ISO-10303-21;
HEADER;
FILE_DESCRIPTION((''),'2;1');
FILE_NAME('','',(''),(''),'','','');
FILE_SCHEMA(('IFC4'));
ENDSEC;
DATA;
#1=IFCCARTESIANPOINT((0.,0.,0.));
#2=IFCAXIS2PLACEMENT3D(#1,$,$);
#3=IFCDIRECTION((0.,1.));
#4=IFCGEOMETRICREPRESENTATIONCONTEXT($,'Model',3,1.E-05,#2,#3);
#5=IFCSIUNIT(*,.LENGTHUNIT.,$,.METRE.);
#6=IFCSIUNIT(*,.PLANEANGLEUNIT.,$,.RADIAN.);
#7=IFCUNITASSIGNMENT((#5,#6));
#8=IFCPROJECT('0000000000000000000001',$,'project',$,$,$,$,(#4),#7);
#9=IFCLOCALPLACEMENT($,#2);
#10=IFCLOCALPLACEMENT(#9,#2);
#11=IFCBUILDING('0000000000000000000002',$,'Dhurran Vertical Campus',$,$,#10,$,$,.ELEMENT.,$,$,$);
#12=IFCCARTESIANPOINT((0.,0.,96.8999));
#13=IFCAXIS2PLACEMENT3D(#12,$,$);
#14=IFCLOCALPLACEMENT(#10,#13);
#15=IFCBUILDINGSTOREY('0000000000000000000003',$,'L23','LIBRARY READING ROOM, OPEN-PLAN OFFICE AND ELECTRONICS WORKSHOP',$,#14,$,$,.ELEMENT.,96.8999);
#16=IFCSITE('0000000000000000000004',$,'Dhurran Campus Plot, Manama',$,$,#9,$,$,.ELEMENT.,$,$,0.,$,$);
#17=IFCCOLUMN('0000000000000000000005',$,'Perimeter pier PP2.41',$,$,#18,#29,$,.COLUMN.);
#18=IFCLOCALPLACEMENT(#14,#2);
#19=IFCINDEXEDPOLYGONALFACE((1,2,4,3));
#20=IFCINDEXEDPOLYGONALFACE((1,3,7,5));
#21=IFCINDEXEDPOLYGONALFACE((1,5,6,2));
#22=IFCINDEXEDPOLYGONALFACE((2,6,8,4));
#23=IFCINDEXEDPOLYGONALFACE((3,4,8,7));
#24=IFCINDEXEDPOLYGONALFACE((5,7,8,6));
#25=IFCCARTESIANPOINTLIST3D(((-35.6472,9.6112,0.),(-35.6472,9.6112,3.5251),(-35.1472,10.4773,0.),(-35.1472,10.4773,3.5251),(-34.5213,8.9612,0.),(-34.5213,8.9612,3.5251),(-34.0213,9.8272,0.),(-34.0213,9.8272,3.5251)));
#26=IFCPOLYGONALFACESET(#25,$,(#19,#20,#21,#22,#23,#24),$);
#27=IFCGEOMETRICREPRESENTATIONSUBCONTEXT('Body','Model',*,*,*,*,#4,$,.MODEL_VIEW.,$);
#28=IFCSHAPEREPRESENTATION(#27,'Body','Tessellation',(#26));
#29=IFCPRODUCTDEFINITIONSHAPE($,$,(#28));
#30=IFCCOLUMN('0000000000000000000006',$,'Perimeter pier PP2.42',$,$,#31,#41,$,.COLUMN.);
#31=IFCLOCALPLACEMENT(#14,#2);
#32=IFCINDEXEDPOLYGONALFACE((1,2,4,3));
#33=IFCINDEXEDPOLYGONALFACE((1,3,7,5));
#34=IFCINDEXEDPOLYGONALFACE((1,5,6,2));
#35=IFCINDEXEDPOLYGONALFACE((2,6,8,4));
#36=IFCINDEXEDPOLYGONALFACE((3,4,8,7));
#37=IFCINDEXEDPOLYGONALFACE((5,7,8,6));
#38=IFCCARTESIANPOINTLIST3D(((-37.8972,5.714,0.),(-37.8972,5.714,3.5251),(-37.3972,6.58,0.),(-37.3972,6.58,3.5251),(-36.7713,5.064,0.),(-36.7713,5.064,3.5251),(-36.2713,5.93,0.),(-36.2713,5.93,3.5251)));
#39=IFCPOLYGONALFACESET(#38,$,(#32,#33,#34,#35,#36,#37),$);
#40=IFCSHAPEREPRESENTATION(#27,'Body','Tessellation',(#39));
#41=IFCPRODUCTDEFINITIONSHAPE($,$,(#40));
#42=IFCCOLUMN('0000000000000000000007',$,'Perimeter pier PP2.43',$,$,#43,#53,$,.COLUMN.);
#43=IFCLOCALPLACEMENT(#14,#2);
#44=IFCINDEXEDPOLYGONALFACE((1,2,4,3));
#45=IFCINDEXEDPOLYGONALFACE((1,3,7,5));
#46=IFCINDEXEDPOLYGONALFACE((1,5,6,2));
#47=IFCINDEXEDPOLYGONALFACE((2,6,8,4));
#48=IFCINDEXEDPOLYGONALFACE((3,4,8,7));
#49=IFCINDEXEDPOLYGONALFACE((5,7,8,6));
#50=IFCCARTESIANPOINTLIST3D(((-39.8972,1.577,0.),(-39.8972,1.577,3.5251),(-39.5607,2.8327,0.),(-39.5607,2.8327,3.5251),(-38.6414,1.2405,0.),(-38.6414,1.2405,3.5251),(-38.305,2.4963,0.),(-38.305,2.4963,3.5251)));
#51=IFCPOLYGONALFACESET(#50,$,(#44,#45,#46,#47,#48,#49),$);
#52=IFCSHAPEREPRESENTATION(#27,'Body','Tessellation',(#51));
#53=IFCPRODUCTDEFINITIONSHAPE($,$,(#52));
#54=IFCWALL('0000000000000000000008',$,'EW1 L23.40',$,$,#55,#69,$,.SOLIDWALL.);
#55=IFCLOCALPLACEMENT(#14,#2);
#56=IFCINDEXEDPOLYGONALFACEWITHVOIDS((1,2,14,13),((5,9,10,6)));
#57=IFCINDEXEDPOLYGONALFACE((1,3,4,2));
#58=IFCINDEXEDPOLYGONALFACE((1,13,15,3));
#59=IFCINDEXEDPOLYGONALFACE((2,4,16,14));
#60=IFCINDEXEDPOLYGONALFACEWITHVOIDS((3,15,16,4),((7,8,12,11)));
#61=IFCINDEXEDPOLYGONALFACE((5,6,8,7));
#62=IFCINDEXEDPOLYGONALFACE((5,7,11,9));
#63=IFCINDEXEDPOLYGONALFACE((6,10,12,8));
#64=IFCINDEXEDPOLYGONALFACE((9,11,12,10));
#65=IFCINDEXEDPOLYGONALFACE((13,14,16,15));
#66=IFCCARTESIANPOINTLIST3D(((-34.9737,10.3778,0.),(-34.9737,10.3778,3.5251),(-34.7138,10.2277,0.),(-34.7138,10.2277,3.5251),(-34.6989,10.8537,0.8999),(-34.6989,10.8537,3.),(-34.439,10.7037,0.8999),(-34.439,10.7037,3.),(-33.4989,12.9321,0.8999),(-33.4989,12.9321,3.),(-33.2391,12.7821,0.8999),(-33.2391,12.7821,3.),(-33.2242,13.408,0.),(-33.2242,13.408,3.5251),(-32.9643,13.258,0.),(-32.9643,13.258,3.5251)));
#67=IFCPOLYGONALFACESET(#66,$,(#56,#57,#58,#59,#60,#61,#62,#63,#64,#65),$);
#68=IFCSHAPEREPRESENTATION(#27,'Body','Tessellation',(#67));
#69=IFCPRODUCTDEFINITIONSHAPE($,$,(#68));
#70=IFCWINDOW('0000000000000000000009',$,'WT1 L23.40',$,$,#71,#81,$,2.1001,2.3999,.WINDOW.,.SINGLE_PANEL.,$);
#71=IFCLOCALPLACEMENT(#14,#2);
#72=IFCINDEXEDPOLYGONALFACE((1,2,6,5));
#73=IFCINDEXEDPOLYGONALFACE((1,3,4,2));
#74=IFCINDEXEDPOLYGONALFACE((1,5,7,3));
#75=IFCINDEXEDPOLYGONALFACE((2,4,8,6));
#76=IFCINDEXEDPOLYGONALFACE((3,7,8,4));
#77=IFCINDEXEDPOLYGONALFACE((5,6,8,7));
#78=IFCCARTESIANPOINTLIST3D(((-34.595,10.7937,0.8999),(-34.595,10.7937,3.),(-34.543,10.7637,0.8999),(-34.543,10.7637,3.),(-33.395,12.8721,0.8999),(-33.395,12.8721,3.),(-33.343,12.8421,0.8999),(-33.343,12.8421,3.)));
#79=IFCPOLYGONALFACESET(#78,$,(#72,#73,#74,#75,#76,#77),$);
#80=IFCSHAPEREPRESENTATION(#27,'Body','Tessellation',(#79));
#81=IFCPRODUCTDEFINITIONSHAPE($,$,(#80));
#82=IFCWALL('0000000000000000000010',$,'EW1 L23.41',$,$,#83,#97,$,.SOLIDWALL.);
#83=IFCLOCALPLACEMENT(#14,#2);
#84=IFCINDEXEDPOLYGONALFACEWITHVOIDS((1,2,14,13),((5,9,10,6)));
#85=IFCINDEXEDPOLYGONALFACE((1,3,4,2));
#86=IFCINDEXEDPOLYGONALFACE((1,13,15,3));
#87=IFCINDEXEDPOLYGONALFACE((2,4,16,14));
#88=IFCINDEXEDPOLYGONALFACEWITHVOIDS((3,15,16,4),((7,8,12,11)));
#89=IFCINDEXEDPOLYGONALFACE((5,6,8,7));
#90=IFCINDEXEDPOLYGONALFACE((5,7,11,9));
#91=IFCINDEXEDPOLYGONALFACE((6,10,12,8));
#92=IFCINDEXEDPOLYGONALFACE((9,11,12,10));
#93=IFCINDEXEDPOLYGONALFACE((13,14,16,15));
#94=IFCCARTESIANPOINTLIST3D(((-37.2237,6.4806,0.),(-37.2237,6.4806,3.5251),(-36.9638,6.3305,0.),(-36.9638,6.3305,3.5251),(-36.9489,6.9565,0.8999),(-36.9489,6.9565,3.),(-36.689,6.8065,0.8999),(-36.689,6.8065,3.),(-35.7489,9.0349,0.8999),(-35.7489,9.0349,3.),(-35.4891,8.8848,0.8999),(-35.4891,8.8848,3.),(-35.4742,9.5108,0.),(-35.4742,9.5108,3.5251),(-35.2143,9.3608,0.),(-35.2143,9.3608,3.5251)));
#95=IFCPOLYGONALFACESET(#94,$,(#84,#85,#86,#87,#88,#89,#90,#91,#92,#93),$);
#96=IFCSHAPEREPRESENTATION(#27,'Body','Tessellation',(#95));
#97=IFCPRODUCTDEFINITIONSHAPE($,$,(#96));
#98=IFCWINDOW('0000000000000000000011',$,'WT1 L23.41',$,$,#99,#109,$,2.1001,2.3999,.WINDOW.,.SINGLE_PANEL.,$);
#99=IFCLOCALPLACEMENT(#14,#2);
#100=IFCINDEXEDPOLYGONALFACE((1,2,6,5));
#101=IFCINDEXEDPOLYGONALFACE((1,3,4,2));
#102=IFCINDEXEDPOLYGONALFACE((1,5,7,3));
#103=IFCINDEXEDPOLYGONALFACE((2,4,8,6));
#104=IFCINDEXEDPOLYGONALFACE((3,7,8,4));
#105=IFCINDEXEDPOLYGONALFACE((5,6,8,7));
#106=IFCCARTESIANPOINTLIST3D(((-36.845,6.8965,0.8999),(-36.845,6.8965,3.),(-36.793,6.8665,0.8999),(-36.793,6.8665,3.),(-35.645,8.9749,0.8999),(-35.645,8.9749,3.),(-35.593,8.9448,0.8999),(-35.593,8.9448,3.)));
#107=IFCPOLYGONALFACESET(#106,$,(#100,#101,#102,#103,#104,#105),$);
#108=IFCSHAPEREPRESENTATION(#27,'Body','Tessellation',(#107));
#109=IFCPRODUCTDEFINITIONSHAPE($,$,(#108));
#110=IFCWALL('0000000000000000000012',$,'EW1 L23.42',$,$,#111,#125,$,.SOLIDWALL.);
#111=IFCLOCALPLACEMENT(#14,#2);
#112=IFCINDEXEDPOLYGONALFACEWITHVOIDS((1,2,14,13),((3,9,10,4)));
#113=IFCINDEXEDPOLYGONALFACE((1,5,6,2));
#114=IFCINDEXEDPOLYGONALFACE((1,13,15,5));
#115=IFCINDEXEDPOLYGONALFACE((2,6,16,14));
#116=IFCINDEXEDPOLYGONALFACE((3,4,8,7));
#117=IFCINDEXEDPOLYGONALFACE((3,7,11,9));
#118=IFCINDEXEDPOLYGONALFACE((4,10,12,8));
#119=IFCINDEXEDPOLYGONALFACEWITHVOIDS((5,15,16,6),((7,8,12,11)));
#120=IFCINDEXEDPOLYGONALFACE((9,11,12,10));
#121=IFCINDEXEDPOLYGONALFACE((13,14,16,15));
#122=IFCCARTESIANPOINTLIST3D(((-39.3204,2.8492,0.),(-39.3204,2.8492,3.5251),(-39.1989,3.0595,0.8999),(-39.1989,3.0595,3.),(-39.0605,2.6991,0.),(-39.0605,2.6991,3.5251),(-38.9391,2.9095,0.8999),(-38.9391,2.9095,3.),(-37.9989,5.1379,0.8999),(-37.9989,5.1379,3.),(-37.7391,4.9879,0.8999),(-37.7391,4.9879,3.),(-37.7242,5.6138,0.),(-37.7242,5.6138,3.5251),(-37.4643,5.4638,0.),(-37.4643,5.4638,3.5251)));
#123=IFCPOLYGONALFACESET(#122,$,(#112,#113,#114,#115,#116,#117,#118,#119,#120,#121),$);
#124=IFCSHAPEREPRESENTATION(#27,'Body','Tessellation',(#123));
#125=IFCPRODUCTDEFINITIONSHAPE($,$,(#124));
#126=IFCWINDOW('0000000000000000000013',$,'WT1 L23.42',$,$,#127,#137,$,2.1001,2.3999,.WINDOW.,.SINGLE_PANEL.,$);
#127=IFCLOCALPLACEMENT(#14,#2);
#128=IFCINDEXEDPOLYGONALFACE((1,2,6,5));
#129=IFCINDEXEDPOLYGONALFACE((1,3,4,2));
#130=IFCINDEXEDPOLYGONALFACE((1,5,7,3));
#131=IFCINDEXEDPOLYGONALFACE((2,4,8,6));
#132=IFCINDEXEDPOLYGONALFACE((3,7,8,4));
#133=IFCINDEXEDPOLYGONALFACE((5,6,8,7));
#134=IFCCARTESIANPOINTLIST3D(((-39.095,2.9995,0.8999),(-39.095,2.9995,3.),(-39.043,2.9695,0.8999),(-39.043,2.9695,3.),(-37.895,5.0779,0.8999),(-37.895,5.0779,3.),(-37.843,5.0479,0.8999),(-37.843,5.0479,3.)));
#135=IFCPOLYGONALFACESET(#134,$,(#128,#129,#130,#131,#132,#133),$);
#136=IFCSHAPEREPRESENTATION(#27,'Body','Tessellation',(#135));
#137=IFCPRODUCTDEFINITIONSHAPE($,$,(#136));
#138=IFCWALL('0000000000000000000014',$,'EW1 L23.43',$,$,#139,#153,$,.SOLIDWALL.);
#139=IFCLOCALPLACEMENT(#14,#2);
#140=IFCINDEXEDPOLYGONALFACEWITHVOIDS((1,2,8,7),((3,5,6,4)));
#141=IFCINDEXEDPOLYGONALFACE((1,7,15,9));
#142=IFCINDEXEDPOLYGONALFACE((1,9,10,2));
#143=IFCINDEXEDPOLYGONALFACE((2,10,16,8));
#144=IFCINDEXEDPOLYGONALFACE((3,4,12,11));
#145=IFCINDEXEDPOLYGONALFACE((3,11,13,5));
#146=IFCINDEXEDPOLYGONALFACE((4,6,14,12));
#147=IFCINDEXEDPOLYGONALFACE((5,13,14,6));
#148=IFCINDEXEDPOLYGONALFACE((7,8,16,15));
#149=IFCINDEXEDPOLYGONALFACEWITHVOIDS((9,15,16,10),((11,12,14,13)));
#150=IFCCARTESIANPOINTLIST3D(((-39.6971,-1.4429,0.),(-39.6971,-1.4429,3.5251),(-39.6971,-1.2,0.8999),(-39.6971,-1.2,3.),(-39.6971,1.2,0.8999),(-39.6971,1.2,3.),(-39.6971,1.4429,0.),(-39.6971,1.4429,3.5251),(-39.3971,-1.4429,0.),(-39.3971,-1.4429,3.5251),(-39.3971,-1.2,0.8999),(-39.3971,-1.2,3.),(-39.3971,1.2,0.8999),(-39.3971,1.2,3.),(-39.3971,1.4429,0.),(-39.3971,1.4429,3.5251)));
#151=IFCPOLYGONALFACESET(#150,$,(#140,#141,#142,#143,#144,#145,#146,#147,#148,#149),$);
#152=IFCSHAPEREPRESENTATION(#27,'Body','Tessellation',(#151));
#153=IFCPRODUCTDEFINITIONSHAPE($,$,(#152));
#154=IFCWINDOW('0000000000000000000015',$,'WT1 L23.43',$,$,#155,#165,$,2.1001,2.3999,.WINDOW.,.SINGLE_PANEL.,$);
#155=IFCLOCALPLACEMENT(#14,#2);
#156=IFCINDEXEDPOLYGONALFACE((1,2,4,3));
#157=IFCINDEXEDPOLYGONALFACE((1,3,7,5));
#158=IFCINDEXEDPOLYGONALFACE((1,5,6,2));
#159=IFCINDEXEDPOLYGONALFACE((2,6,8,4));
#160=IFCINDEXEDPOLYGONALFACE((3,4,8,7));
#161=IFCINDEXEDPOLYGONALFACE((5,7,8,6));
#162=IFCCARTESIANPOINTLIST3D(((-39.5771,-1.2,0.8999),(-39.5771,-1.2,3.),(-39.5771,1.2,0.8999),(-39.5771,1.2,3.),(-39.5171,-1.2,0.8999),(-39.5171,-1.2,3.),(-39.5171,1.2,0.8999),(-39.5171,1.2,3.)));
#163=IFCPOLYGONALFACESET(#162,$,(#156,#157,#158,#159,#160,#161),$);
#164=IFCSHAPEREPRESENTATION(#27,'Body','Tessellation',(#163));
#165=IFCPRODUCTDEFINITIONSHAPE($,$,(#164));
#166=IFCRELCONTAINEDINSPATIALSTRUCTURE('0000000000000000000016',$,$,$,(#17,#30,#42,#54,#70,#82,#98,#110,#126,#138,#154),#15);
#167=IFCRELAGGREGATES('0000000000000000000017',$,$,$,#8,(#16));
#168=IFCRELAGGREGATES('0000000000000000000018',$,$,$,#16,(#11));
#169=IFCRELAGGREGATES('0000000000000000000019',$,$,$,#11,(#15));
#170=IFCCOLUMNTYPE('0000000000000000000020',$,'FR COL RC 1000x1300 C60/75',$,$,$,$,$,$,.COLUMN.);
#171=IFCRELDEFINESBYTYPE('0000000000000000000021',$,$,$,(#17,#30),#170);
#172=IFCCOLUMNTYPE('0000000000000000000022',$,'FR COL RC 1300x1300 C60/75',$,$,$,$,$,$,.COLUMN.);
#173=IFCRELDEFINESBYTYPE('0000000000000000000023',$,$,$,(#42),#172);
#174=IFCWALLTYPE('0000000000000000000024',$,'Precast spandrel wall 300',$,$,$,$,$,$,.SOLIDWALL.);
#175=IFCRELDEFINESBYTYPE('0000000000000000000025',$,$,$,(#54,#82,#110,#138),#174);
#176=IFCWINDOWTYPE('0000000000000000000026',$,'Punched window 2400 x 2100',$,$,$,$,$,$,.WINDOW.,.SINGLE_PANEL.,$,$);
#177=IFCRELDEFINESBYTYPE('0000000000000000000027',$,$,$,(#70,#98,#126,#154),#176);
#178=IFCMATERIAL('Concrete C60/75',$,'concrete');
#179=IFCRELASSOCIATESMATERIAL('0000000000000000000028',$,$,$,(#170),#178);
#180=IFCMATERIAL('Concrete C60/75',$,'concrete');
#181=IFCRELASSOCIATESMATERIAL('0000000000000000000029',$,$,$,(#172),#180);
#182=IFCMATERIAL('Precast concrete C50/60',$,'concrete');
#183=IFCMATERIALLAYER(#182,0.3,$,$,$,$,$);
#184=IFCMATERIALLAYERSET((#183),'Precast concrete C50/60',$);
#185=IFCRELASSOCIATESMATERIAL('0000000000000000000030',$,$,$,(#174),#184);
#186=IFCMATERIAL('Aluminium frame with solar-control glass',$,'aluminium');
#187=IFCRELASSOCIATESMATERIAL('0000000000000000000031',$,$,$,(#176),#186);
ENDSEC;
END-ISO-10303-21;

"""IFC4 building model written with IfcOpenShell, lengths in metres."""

from ifc_helpers import new_model, si_unit, direction, frame, frame_2d, origin, origin_2d, place, context, subcontext, project, spatial, rectangle, extrude, material, layer, layer_set, material_profile, profile_set, type_object, element, fill, save


model = new_model("IFC4")

# Units and contexts
model_context = context("Model", 3, precision=1e-05, world=origin(), true_north=direction((0.0, 1.0)))
body_context = subcontext(model_context, "Body", "Model", "MODEL_VIEW")
ifc_project = project(units=[si_unit("LENGTHUNIT", "METRE"), si_unit("PLANEANGLEUNIT", "RADIAN")], contexts=[model_context])

# Site, building, storey
site_placement = place(None, origin())
site = spatial("IfcSite", under=ifc_project, at=site_placement, Name="Dhurran Campus Plot, Manama", CompositionType="ELEMENT", RefElevation=0.0)
building_placement = place(site_placement, origin())
building = spatial("IfcBuilding", under=site, at=building_placement, Name="Dhurran Vertical Campus", CompositionType="ELEMENT")
storey_placement = place(building_placement, frame((0.0, 0.0, 96.8999)))
storey = spatial("IfcBuildingStorey", under=building, at=storey_placement, Name="L23", Description="LIBRARY READING ROOM, OPEN-PLAN OFFICE AND ELECTRONICS WORKSHOP", CompositionType="ELEMENT", Elevation=96.8999)

# Columns
ifc_material_1 = material(Name="Concrete C60/75", Category="concrete")
ifc_material_profile_1 = material_profile(ifc_material_1, rectangle(XDim=1.0, YDim=1.3, at=origin_2d()), Name="RC 1000x1300")
ifc_profile_set_1 = profile_set([ifc_material_profile_1], Name="Concrete C60/75")
column_type_1 = type_object("IfcColumnType", Name="FR COL RC 1000x1300 C60/75", PredefinedType="COLUMN", material=ifc_profile_set_1)
for number, where, z_axis, x_axis, name in (
    (1, (-34.8342, 9.7192, 0.0), (0.0, 0.0, 1.0), (-0.5, -0.866025, 0.0), "Perimeter pier PP2.41"),
    (2, (-37.0842, 5.822, 0.0), (0.0, 0.0, 1.0), (-0.5, -0.866025, 0.0), "Perimeter pier PP2.42"),
):
    element("IfcColumn", number, at=place(storey_placement, frame(where, z_axis=z_axis, x_axis=x_axis)), inside=storey, type_object=column_type_1, Name=name, PredefinedType="COLUMN", context=body_context, shape_type="SweptSolid", body=[
        extrude(rectangle(XDim=1.0, YDim=1.3, at=origin_2d()), origin(), (0.0, 0.0, 1.0), 3.5251),
    ])
ifc_material_2 = material(Name="Concrete C60/75", Category="concrete")
ifc_material_profile_2 = material_profile(ifc_material_2, rectangle(XDim=1.3, YDim=1.3, at=origin_2d()), Name="RC 1300x1300")
ifc_profile_set_2 = profile_set([ifc_material_profile_2], Name="Concrete C60/75")
column_type_2 = type_object("IfcColumnType", Name="FR COL RC 1300x1300 C60/75", PredefinedType="COLUMN", material=ifc_profile_set_2)
column_placement = place(storey_placement, frame((-39.1011, 2.0366, 0.0), z_axis=(0.0, 0.0, 1.0), x_axis=(-0.258819, -0.965926, 0.0)))
element("IfcColumn", 3, at=column_placement, inside=storey, type_object=column_type_2, Name="Perimeter pier PP2.43", PredefinedType="COLUMN", context=body_context, shape_type="SweptSolid", body=[
    extrude(rectangle(XDim=1.3, YDim=1.3, at=origin_2d()), origin(), (0.0, 0.0, 1.0), 3.5251),
])

# Walls, openings, windows
ifc_material_3 = material(Name="Precast concrete C50/60", Category="concrete")
ifc_layer_1 = layer(ifc_material_3, 0.3)
ifc_layer_set_1 = layer_set([ifc_layer_1], Name="Precast concrete C50/60")
wall_type_1 = type_object("IfcWallType", Name="Precast spandrel wall 300", PredefinedType="SOLIDWALL", material=ifc_layer_set_1)
wall_1_placement = place(storey_placement, frame((-33.0942, 13.333, 0.0), z_axis=(0.0, 0.0, 1.0), x_axis=(-0.499996, -0.866028, 0.0)))
wall_1 = element("IfcWall", 4, at=wall_1_placement, inside=storey, type_object=wall_type_1, Name="EW1 L23.40", PredefinedType="SOLIDWALL", context=body_context, shape_type="SweptSolid", body=[
    extrude(rectangle(XDim=3.499, YDim=0.3, at=frame_2d((1.7495, 0.0))), origin(), (0.0, 0.0, 1.0), 3.5251),
])
opening_1_placement = place(wall_1_placement, frame((0.5496, 0.0, 0.8999)))
opening_1 = element("IfcOpeningElement", 5, at=opening_1_placement, cuts=wall_1, PredefinedType="OPENING", context=body_context, shape_type="SweptSolid", body=[
    extrude(rectangle(XDim=2.3999, YDim=2.1001, at=frame_2d((1.2, 1.05))), frame((0.0, 0.1599, 0.0), z_axis=(0.0, -1.0, 0.0), x_axis=(1.0, 0.0, 0.0)), (0.0, 0.0, 1.0), 0.3201),
])
ifc_material_4 = material(Name="Aluminium frame with solar-control glass", Category="aluminium")
window_type = type_object("IfcWindowType", Name="Punched window 2400 x 2100", PartitioningType="SINGLE_PANEL", PredefinedType="WINDOW", material=ifc_material_4)
window_1_placement = place(opening_1_placement, origin())
window_1 = element("IfcWindow", 6, at=window_1_placement, inside=storey, type_object=window_type, Name="WT1 L23.40", OverallHeight=2.1001, OverallWidth=2.3999, PartitioningType="SINGLE_PANEL", PredefinedType="WINDOW", context=body_context, shape_type="SweptSolid", body=[
    extrude(rectangle(XDim=2.3999, YDim=2.1001, at=frame_2d((1.2, 1.05))), frame((0.0, 0.03, 0.0), z_axis=(0.0, -1.0, 0.0), x_axis=(1.0, 0.0, 0.0)), (0.0, 0.0, 1.0), 0.0601),
])
fill(opening_1, window_1)
wall_2_placement = place(storey_placement, frame((-35.3442, 9.4358, 0.0), z_axis=(0.0, 0.0, 1.0), x_axis=(-0.499996, -0.866028, 0.0)))
wall_2 = element("IfcWall", 7, at=wall_2_placement, inside=storey, type_object=wall_type_1, Name="EW1 L23.41", PredefinedType="SOLIDWALL", context=body_context, shape_type="SweptSolid", body=[
    extrude(rectangle(XDim=3.499, YDim=0.3, at=frame_2d((1.7495, 0.0))), origin(), (0.0, 0.0, 1.0), 3.5251),
])
opening_2_placement = place(wall_2_placement, frame((0.5496, 0.0, 0.8999)))
opening_2 = element("IfcOpeningElement", 8, at=opening_2_placement, cuts=wall_2, PredefinedType="OPENING", context=body_context, shape_type="SweptSolid", body=[
    extrude(rectangle(XDim=2.3999, YDim=2.1001, at=frame_2d((1.2, 1.05))), frame((0.0, 0.1599, 0.0), z_axis=(0.0, -1.0, 0.0), x_axis=(1.0, 0.0, 0.0)), (0.0, 0.0, 1.0), 0.3201),
])
window_2_placement = place(opening_2_placement, origin())
window_2 = element("IfcWindow", 9, at=window_2_placement, inside=storey, type_object=window_type, Name="WT1 L23.41", OverallHeight=2.1001, OverallWidth=2.3999, PartitioningType="SINGLE_PANEL", PredefinedType="WINDOW", context=body_context, shape_type="SweptSolid", body=[
    extrude(rectangle(XDim=2.3999, YDim=2.1001, at=frame_2d((1.2, 1.05))), frame((0.0, 0.03, 0.0), z_axis=(0.0, -1.0, 0.0), x_axis=(1.0, 0.0, 0.0)), (0.0, 0.0, 1.0), 0.0601),
])
fill(opening_2, window_2)
wall_3_placement = place(storey_placement, frame((-37.5942, 5.5388, 0.0), z_axis=(0.0, 0.0, 1.0), x_axis=(-0.500005, -0.866023, 0.0)))
wall_3 = element("IfcWall", 10, at=wall_3_placement, inside=storey, type_object=wall_type_1, Name="EW1 L23.42", PredefinedType="SOLIDWALL", context=body_context, shape_type="SweptSolid", body=[
    extrude(rectangle(XDim=3.1924, YDim=0.3, at=frame_2d((1.5962, 0.0))), origin(), (0.0, 0.0, 1.0), 3.5251),
])
opening_3_placement = place(wall_3_placement, frame((0.5496, 0.0, 0.8999)))
opening_3 = element("IfcOpeningElement", 11, at=opening_3_placement, cuts=wall_3, PredefinedType="OPENING", context=body_context, shape_type="SweptSolid", body=[
    extrude(rectangle(XDim=2.3999, YDim=2.1001, at=frame_2d((1.2, 1.05))), frame((0.0, 0.1599, 0.0), z_axis=(0.0, -1.0, 0.0), x_axis=(1.0, 0.0, 0.0)), (0.0, 0.0, 1.0), 0.3201),
])
window_3_placement = place(opening_3_placement, origin())
window_3 = element("IfcWindow", 12, at=window_3_placement, inside=storey, type_object=window_type, Name="WT1 L23.42", OverallHeight=2.1001, OverallWidth=2.3999, PartitioningType="SINGLE_PANEL", PredefinedType="WINDOW", context=body_context, shape_type="SweptSolid", body=[
    extrude(rectangle(XDim=2.3999, YDim=2.1001, at=frame_2d((1.2, 1.05))), frame((0.0, 0.03, 0.0), z_axis=(0.0, -1.0, 0.0), x_axis=(1.0, 0.0, 0.0)), (0.0, 0.0, 1.0), 0.0601),
])
fill(opening_3, window_3)
wall_4_placement = place(storey_placement, frame((-39.5471, 1.4429, 0.0), z_axis=(0.0, 0.0, 1.0), x_axis=(0.0, -1.0, 0.0)))
wall_4 = element("IfcWall", 13, at=wall_4_placement, inside=storey, type_object=wall_type_1, Name="EW1 L23.43", PredefinedType="SOLIDWALL", context=body_context, shape_type="SweptSolid", body=[
    extrude(rectangle(XDim=2.8857, YDim=0.3, at=frame_2d((1.4429, 0.0))), origin(), (0.0, 0.0, 1.0), 3.5251),
])
opening_4_placement = place(wall_4_placement, frame((0.2429, 0.0, 0.8999)))
opening_4 = element("IfcOpeningElement", 14, at=opening_4_placement, cuts=wall_4, PredefinedType="OPENING", context=body_context, shape_type="SweptSolid", body=[
    extrude(rectangle(XDim=2.3999, YDim=2.1001, at=frame_2d((1.2, 1.05))), frame((0.0, 0.1599, 0.0), z_axis=(0.0, -1.0, 0.0), x_axis=(1.0, 0.0, 0.0)), (0.0, 0.0, 1.0), 0.3201),
])
window_4_placement = place(opening_4_placement, origin())
window_4 = element("IfcWindow", 15, at=window_4_placement, inside=storey, type_object=window_type, Name="WT1 L23.43", OverallHeight=2.1001, OverallWidth=2.3999, PartitioningType="SINGLE_PANEL", PredefinedType="WINDOW", context=body_context, shape_type="SweptSolid", body=[
    extrude(rectangle(XDim=2.3999, YDim=2.1001, at=frame_2d((1.2, 1.05))), frame((0.0, 0.03, 0.0), z_axis=(0.0, -1.0, 0.0), x_axis=(1.0, 0.0, 0.0)), (0.0, 0.0, 1.0), 0.0601),
])
fill(opening_4, window_4)

save(model, "model.ifc")
